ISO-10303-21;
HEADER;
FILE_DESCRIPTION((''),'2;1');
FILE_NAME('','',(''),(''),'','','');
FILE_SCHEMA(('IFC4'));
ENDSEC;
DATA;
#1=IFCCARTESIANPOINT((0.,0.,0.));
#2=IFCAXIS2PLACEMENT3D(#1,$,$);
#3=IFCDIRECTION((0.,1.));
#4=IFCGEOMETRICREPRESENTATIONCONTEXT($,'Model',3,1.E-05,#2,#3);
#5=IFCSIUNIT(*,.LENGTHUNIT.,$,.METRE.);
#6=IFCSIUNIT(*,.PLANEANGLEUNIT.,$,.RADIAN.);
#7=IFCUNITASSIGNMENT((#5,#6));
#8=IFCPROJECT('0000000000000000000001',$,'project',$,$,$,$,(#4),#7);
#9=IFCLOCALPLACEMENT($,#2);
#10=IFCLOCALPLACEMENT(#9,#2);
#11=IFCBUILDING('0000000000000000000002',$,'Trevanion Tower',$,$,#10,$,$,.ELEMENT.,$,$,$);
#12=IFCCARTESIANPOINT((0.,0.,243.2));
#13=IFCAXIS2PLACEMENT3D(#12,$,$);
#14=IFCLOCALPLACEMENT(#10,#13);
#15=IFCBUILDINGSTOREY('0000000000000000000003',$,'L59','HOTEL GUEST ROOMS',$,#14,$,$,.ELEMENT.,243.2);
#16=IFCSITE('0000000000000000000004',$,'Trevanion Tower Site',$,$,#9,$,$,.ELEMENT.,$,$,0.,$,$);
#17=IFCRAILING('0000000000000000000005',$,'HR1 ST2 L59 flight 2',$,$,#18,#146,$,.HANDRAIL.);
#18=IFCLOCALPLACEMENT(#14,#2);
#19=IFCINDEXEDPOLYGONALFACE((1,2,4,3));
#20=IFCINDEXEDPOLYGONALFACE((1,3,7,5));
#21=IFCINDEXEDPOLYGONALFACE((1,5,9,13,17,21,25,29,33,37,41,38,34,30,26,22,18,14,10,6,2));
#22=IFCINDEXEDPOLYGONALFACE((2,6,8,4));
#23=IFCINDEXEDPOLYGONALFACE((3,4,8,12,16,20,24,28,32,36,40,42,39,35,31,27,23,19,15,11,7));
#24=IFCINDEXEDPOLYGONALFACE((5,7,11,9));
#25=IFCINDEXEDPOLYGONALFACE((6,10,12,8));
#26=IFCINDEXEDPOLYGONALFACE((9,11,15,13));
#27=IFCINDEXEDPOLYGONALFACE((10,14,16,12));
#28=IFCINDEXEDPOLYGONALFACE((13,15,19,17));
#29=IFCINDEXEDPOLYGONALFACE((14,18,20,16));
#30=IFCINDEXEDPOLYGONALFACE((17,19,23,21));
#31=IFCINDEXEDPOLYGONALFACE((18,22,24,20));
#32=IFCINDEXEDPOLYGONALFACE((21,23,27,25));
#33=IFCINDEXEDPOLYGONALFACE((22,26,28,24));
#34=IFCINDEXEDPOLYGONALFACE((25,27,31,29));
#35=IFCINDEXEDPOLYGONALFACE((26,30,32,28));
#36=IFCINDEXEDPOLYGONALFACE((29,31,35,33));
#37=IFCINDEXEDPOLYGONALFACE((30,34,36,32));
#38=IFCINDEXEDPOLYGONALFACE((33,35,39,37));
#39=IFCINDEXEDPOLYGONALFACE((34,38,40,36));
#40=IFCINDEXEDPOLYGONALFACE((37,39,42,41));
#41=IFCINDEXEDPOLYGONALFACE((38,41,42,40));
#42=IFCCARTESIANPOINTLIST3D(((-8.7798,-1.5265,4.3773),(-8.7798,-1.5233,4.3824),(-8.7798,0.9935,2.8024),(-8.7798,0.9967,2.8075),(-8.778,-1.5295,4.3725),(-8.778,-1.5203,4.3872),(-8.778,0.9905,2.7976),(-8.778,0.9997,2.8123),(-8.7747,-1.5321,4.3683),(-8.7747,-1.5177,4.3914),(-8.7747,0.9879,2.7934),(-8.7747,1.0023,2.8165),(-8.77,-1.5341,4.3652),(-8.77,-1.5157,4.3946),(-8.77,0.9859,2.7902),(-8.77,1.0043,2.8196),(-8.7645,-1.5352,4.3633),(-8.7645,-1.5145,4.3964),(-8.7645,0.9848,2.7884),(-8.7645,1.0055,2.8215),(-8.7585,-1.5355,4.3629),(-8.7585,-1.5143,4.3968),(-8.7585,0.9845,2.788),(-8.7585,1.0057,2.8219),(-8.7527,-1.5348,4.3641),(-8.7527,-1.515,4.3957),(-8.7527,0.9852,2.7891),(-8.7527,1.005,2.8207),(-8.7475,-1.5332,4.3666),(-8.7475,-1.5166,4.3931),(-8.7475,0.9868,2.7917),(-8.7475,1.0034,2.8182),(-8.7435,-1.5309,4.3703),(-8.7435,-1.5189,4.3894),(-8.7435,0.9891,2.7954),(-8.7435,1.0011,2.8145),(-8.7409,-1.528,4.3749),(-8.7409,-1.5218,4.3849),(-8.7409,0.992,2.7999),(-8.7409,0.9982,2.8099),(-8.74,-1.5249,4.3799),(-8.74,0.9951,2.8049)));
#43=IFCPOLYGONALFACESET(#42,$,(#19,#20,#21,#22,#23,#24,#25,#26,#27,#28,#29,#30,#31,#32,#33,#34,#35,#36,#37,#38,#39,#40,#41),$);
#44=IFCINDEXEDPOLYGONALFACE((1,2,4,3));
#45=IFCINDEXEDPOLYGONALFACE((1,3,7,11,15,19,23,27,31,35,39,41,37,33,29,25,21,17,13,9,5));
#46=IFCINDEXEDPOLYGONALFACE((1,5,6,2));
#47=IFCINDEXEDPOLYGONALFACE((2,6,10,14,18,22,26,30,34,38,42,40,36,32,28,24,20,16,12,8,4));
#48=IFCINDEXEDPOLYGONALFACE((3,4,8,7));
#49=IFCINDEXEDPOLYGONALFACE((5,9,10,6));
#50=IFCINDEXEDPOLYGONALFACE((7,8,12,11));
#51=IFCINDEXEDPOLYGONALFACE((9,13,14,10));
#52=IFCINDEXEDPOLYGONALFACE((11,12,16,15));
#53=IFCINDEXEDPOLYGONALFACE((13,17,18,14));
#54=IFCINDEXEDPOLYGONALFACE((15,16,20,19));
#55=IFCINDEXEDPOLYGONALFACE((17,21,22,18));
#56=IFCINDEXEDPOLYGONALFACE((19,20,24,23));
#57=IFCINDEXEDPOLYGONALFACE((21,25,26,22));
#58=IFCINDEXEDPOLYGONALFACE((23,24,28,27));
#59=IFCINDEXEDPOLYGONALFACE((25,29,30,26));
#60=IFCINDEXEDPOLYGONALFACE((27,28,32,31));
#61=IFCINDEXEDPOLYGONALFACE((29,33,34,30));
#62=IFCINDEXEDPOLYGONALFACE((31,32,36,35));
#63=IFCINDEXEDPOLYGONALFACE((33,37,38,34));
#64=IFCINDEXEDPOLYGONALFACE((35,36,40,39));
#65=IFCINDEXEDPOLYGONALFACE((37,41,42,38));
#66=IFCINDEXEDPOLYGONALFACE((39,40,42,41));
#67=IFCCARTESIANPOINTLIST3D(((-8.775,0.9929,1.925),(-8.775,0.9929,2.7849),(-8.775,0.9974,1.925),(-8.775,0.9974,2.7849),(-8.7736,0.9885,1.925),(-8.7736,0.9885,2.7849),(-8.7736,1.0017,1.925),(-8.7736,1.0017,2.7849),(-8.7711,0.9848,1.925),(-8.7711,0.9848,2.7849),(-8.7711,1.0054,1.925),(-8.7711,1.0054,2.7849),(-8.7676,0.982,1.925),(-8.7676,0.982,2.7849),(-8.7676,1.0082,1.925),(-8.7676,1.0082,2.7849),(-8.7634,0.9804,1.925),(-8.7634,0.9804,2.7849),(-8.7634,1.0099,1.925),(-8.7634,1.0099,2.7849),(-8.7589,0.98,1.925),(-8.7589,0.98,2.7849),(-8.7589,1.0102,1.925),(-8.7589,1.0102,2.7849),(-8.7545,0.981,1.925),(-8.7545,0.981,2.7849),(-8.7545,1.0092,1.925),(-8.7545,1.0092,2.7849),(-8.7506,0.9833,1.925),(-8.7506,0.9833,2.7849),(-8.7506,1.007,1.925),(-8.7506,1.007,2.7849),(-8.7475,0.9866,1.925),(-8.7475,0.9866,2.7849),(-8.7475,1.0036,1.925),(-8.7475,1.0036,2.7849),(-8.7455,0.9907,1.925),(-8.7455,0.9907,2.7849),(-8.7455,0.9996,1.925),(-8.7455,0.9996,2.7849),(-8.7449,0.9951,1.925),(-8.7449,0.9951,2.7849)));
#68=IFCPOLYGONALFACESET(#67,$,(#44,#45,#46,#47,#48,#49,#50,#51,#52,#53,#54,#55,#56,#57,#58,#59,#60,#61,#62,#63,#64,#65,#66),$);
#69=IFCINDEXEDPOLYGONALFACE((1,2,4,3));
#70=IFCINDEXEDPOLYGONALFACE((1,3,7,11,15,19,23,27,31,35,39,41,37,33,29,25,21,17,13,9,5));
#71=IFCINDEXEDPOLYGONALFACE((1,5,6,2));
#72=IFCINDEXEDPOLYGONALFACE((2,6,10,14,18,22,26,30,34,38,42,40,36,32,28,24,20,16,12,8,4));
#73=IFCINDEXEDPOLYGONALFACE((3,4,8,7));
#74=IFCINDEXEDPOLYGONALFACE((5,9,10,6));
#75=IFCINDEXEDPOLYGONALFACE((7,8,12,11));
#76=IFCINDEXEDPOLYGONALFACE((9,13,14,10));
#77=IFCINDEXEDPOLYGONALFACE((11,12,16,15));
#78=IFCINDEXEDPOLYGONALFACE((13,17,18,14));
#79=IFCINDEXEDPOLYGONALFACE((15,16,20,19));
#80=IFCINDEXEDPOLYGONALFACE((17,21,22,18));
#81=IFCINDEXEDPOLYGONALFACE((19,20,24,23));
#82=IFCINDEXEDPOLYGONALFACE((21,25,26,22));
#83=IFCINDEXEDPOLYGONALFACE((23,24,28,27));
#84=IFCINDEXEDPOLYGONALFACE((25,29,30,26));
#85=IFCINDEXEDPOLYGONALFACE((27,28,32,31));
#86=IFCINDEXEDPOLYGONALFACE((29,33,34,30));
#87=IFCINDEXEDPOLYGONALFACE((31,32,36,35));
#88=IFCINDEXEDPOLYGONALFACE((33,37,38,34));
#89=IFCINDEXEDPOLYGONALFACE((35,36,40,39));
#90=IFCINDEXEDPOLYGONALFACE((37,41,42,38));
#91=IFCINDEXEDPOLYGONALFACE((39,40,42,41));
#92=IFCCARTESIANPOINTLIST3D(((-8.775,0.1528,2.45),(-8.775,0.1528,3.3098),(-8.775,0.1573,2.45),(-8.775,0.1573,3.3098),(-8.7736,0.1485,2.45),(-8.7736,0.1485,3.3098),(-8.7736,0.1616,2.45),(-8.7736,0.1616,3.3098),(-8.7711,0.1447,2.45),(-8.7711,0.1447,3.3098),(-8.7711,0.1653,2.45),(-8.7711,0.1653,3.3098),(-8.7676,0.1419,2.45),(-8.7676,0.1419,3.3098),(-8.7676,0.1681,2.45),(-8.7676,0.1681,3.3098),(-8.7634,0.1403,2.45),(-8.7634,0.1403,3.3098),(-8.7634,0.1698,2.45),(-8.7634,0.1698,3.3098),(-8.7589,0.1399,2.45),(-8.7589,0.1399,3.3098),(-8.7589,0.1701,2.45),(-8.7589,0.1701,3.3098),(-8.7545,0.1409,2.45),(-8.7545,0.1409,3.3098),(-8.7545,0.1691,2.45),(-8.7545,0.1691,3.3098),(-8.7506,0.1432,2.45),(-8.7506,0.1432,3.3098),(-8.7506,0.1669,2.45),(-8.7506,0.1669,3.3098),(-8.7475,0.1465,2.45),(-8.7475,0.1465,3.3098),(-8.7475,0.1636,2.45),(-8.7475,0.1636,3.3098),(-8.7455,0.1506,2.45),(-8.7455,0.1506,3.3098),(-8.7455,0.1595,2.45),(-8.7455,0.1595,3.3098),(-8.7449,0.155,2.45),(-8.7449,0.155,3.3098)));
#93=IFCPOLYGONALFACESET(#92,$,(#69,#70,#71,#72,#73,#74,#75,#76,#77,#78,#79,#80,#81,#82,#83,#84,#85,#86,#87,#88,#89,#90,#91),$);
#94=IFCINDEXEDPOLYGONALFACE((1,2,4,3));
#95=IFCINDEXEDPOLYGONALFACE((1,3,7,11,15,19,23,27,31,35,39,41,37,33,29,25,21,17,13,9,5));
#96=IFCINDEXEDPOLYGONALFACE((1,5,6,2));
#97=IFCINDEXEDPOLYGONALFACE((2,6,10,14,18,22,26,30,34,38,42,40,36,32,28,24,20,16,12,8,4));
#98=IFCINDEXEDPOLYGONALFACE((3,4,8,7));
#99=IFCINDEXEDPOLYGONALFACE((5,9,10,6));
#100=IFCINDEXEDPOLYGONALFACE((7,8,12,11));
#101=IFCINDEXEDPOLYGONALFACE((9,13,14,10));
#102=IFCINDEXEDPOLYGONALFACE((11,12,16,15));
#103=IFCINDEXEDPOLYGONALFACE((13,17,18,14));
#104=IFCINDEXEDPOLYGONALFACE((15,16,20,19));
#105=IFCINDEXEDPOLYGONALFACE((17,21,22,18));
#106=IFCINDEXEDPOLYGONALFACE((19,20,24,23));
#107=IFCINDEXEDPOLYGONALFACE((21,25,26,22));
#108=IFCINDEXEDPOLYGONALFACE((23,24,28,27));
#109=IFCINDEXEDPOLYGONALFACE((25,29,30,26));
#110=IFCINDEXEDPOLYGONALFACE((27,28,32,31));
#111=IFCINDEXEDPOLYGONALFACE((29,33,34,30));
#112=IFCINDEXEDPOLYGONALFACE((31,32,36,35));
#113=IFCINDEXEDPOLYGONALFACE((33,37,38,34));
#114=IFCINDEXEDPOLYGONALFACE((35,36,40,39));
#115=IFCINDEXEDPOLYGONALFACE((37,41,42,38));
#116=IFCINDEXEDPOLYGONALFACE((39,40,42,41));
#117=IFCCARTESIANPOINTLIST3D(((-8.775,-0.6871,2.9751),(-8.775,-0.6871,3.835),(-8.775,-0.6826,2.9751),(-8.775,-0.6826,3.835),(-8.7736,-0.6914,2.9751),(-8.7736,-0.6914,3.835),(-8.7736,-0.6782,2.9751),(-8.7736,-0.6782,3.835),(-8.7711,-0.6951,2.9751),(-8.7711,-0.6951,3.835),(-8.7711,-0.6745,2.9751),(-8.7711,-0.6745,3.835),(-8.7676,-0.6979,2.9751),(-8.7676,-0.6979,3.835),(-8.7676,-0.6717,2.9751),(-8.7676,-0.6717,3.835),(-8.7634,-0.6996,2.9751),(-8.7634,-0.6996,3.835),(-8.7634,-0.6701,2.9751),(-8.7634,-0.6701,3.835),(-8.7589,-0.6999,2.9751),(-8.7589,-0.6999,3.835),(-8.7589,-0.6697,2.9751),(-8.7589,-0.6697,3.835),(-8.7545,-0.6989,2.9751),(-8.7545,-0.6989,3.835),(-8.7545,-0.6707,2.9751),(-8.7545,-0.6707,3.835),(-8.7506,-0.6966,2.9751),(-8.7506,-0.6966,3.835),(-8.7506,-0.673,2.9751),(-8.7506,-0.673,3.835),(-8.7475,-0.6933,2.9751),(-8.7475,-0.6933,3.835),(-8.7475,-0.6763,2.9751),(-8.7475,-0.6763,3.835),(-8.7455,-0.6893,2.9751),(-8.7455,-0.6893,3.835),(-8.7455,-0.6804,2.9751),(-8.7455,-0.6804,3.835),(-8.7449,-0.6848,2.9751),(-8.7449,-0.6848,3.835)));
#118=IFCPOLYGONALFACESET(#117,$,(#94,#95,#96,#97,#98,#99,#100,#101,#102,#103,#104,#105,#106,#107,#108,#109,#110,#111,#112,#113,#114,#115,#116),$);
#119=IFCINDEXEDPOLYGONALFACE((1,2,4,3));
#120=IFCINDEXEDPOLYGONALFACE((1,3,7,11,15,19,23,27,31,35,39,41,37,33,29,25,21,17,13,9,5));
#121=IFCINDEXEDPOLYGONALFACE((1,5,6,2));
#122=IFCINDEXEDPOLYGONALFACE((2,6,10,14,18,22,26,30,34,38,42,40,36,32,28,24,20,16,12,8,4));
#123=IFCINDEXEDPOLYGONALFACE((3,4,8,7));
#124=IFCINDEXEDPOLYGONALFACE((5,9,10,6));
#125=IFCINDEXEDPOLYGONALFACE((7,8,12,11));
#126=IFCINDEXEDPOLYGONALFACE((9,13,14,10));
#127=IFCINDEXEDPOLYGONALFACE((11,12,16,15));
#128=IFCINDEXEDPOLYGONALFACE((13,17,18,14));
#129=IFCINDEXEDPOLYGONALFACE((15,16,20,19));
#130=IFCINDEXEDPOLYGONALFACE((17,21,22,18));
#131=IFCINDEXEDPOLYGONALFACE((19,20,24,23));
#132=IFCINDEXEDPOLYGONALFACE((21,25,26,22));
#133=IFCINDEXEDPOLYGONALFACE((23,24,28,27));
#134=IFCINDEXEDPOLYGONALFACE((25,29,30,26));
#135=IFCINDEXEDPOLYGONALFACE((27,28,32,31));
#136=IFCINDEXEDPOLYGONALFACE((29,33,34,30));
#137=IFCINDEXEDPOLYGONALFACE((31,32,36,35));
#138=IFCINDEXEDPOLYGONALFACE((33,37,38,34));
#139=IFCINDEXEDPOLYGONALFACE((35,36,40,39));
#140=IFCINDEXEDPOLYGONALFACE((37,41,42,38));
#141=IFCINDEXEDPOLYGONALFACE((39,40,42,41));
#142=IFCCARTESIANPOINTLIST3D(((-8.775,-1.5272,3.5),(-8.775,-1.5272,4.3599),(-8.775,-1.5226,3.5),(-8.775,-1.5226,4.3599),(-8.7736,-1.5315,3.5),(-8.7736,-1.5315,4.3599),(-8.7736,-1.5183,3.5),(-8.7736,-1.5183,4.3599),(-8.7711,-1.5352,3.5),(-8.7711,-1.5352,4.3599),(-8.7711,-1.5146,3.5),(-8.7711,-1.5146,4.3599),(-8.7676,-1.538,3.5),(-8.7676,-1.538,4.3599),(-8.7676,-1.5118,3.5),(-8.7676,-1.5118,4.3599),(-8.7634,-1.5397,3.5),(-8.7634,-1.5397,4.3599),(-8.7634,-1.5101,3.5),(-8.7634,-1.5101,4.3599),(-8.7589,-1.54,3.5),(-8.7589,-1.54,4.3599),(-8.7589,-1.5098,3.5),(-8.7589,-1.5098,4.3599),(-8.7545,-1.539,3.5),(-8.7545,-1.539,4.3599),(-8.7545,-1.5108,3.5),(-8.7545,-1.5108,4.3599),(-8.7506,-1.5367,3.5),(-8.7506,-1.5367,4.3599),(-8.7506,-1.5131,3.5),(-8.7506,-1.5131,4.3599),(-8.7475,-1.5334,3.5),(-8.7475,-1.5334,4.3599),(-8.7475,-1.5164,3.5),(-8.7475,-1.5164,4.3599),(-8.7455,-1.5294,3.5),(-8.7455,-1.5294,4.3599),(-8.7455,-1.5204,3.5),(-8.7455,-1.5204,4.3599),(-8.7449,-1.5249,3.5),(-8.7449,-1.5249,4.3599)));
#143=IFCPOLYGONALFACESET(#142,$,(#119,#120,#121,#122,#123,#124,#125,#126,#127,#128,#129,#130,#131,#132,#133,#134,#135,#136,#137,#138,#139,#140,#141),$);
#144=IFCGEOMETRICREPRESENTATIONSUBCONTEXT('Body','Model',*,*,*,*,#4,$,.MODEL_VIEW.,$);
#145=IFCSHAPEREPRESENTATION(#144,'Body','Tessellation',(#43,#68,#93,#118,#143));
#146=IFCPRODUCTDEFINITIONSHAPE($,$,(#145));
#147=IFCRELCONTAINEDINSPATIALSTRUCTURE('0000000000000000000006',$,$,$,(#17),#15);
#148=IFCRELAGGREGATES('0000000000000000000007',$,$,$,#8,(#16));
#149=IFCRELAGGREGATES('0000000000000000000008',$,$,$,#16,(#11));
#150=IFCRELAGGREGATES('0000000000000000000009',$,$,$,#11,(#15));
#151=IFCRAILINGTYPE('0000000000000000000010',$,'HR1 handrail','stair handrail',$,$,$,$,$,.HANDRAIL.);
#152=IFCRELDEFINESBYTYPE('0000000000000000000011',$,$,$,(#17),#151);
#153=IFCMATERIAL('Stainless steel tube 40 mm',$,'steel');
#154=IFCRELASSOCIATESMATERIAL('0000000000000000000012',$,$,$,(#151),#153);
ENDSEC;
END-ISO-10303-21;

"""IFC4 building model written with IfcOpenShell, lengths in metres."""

from ifc_helpers import new_model, si_unit, direction, frame, origin, origin_2d, place, context, subcontext, project, spatial, circle, extrude, material, type_object, element, save


model = new_model("IFC4")

# Units and contexts
model_context = context("Model", 3, precision=1e-05, world=origin(), true_north=direction((0.0, 1.0)))
body_context = subcontext(model_context, "Body", "Model", "MODEL_VIEW")
ifc_project = project(units=[si_unit("LENGTHUNIT", "METRE"), si_unit("PLANEANGLEUNIT", "RADIAN")], contexts=[model_context])

# Site, building, storey
site_placement = place(None, origin())
site = spatial("IfcSite", under=ifc_project, at=site_placement, Name="Trevanion Tower Site", CompositionType="ELEMENT", RefElevation=0.0)
building_placement = place(site_placement, origin())
building = spatial("IfcBuilding", under=site, at=building_placement, Name="Trevanion Tower", CompositionType="ELEMENT")
storey_placement = place(building_placement, frame((0.0, 0.0, 243.2)))
storey = spatial("IfcBuildingStorey", under=building, at=storey_placement, Name="L59", Description="HOTEL GUEST ROOMS", CompositionType="ELEMENT", Elevation=243.2)

# Railing
ifc_material_1 = material(Name="Stainless steel tube 40 mm", Category="steel")
railing_type = type_object("IfcRailingType", Name="HR1 handrail", Description="stair handrail", PredefinedType="HANDRAIL", material=ifc_material_1)
for number, where, name in (
    (1, (-8.76, 0.9951, 1.925), "HR1 ST2 L59 flight 2"),
):
    element("IfcRailing", number, at=place(storey_placement, frame(where)), inside=storey, type_object=railing_type, Name=name, PredefinedType="HANDRAIL", context=body_context, shape_type="SweptSolid", body=[
        extrude(circle(Radius=0.02, at=origin_2d()), frame((0.0, 0.0, 0.8799), z_axis=(0.0, -0.848008, 0.529984), x_axis=(1.0, 0.0, 0.0)), (0.0, 0.0, 1.0), 2.9717),
        extrude(circle(Radius=0.0151, at=origin_2d()), origin(), (0.0, 0.0, 1.0), 0.8599),
        extrude(circle(Radius=0.0151, at=origin_2d()), frame((0.0, -0.8401, 0.5249)), (0.0, 0.0, 1.0), 0.8599),
        extrude(circle(Radius=0.0151, at=origin_2d()), frame((0.0, -1.6799, 1.05)), (0.0, 0.0, 1.0), 0.8599),
        extrude(circle(Radius=0.0151, at=origin_2d()), frame((0.0, -2.52, 1.575)), (0.0, 0.0, 1.0), 0.8599),
    ])

save(model, "model.ifc")
